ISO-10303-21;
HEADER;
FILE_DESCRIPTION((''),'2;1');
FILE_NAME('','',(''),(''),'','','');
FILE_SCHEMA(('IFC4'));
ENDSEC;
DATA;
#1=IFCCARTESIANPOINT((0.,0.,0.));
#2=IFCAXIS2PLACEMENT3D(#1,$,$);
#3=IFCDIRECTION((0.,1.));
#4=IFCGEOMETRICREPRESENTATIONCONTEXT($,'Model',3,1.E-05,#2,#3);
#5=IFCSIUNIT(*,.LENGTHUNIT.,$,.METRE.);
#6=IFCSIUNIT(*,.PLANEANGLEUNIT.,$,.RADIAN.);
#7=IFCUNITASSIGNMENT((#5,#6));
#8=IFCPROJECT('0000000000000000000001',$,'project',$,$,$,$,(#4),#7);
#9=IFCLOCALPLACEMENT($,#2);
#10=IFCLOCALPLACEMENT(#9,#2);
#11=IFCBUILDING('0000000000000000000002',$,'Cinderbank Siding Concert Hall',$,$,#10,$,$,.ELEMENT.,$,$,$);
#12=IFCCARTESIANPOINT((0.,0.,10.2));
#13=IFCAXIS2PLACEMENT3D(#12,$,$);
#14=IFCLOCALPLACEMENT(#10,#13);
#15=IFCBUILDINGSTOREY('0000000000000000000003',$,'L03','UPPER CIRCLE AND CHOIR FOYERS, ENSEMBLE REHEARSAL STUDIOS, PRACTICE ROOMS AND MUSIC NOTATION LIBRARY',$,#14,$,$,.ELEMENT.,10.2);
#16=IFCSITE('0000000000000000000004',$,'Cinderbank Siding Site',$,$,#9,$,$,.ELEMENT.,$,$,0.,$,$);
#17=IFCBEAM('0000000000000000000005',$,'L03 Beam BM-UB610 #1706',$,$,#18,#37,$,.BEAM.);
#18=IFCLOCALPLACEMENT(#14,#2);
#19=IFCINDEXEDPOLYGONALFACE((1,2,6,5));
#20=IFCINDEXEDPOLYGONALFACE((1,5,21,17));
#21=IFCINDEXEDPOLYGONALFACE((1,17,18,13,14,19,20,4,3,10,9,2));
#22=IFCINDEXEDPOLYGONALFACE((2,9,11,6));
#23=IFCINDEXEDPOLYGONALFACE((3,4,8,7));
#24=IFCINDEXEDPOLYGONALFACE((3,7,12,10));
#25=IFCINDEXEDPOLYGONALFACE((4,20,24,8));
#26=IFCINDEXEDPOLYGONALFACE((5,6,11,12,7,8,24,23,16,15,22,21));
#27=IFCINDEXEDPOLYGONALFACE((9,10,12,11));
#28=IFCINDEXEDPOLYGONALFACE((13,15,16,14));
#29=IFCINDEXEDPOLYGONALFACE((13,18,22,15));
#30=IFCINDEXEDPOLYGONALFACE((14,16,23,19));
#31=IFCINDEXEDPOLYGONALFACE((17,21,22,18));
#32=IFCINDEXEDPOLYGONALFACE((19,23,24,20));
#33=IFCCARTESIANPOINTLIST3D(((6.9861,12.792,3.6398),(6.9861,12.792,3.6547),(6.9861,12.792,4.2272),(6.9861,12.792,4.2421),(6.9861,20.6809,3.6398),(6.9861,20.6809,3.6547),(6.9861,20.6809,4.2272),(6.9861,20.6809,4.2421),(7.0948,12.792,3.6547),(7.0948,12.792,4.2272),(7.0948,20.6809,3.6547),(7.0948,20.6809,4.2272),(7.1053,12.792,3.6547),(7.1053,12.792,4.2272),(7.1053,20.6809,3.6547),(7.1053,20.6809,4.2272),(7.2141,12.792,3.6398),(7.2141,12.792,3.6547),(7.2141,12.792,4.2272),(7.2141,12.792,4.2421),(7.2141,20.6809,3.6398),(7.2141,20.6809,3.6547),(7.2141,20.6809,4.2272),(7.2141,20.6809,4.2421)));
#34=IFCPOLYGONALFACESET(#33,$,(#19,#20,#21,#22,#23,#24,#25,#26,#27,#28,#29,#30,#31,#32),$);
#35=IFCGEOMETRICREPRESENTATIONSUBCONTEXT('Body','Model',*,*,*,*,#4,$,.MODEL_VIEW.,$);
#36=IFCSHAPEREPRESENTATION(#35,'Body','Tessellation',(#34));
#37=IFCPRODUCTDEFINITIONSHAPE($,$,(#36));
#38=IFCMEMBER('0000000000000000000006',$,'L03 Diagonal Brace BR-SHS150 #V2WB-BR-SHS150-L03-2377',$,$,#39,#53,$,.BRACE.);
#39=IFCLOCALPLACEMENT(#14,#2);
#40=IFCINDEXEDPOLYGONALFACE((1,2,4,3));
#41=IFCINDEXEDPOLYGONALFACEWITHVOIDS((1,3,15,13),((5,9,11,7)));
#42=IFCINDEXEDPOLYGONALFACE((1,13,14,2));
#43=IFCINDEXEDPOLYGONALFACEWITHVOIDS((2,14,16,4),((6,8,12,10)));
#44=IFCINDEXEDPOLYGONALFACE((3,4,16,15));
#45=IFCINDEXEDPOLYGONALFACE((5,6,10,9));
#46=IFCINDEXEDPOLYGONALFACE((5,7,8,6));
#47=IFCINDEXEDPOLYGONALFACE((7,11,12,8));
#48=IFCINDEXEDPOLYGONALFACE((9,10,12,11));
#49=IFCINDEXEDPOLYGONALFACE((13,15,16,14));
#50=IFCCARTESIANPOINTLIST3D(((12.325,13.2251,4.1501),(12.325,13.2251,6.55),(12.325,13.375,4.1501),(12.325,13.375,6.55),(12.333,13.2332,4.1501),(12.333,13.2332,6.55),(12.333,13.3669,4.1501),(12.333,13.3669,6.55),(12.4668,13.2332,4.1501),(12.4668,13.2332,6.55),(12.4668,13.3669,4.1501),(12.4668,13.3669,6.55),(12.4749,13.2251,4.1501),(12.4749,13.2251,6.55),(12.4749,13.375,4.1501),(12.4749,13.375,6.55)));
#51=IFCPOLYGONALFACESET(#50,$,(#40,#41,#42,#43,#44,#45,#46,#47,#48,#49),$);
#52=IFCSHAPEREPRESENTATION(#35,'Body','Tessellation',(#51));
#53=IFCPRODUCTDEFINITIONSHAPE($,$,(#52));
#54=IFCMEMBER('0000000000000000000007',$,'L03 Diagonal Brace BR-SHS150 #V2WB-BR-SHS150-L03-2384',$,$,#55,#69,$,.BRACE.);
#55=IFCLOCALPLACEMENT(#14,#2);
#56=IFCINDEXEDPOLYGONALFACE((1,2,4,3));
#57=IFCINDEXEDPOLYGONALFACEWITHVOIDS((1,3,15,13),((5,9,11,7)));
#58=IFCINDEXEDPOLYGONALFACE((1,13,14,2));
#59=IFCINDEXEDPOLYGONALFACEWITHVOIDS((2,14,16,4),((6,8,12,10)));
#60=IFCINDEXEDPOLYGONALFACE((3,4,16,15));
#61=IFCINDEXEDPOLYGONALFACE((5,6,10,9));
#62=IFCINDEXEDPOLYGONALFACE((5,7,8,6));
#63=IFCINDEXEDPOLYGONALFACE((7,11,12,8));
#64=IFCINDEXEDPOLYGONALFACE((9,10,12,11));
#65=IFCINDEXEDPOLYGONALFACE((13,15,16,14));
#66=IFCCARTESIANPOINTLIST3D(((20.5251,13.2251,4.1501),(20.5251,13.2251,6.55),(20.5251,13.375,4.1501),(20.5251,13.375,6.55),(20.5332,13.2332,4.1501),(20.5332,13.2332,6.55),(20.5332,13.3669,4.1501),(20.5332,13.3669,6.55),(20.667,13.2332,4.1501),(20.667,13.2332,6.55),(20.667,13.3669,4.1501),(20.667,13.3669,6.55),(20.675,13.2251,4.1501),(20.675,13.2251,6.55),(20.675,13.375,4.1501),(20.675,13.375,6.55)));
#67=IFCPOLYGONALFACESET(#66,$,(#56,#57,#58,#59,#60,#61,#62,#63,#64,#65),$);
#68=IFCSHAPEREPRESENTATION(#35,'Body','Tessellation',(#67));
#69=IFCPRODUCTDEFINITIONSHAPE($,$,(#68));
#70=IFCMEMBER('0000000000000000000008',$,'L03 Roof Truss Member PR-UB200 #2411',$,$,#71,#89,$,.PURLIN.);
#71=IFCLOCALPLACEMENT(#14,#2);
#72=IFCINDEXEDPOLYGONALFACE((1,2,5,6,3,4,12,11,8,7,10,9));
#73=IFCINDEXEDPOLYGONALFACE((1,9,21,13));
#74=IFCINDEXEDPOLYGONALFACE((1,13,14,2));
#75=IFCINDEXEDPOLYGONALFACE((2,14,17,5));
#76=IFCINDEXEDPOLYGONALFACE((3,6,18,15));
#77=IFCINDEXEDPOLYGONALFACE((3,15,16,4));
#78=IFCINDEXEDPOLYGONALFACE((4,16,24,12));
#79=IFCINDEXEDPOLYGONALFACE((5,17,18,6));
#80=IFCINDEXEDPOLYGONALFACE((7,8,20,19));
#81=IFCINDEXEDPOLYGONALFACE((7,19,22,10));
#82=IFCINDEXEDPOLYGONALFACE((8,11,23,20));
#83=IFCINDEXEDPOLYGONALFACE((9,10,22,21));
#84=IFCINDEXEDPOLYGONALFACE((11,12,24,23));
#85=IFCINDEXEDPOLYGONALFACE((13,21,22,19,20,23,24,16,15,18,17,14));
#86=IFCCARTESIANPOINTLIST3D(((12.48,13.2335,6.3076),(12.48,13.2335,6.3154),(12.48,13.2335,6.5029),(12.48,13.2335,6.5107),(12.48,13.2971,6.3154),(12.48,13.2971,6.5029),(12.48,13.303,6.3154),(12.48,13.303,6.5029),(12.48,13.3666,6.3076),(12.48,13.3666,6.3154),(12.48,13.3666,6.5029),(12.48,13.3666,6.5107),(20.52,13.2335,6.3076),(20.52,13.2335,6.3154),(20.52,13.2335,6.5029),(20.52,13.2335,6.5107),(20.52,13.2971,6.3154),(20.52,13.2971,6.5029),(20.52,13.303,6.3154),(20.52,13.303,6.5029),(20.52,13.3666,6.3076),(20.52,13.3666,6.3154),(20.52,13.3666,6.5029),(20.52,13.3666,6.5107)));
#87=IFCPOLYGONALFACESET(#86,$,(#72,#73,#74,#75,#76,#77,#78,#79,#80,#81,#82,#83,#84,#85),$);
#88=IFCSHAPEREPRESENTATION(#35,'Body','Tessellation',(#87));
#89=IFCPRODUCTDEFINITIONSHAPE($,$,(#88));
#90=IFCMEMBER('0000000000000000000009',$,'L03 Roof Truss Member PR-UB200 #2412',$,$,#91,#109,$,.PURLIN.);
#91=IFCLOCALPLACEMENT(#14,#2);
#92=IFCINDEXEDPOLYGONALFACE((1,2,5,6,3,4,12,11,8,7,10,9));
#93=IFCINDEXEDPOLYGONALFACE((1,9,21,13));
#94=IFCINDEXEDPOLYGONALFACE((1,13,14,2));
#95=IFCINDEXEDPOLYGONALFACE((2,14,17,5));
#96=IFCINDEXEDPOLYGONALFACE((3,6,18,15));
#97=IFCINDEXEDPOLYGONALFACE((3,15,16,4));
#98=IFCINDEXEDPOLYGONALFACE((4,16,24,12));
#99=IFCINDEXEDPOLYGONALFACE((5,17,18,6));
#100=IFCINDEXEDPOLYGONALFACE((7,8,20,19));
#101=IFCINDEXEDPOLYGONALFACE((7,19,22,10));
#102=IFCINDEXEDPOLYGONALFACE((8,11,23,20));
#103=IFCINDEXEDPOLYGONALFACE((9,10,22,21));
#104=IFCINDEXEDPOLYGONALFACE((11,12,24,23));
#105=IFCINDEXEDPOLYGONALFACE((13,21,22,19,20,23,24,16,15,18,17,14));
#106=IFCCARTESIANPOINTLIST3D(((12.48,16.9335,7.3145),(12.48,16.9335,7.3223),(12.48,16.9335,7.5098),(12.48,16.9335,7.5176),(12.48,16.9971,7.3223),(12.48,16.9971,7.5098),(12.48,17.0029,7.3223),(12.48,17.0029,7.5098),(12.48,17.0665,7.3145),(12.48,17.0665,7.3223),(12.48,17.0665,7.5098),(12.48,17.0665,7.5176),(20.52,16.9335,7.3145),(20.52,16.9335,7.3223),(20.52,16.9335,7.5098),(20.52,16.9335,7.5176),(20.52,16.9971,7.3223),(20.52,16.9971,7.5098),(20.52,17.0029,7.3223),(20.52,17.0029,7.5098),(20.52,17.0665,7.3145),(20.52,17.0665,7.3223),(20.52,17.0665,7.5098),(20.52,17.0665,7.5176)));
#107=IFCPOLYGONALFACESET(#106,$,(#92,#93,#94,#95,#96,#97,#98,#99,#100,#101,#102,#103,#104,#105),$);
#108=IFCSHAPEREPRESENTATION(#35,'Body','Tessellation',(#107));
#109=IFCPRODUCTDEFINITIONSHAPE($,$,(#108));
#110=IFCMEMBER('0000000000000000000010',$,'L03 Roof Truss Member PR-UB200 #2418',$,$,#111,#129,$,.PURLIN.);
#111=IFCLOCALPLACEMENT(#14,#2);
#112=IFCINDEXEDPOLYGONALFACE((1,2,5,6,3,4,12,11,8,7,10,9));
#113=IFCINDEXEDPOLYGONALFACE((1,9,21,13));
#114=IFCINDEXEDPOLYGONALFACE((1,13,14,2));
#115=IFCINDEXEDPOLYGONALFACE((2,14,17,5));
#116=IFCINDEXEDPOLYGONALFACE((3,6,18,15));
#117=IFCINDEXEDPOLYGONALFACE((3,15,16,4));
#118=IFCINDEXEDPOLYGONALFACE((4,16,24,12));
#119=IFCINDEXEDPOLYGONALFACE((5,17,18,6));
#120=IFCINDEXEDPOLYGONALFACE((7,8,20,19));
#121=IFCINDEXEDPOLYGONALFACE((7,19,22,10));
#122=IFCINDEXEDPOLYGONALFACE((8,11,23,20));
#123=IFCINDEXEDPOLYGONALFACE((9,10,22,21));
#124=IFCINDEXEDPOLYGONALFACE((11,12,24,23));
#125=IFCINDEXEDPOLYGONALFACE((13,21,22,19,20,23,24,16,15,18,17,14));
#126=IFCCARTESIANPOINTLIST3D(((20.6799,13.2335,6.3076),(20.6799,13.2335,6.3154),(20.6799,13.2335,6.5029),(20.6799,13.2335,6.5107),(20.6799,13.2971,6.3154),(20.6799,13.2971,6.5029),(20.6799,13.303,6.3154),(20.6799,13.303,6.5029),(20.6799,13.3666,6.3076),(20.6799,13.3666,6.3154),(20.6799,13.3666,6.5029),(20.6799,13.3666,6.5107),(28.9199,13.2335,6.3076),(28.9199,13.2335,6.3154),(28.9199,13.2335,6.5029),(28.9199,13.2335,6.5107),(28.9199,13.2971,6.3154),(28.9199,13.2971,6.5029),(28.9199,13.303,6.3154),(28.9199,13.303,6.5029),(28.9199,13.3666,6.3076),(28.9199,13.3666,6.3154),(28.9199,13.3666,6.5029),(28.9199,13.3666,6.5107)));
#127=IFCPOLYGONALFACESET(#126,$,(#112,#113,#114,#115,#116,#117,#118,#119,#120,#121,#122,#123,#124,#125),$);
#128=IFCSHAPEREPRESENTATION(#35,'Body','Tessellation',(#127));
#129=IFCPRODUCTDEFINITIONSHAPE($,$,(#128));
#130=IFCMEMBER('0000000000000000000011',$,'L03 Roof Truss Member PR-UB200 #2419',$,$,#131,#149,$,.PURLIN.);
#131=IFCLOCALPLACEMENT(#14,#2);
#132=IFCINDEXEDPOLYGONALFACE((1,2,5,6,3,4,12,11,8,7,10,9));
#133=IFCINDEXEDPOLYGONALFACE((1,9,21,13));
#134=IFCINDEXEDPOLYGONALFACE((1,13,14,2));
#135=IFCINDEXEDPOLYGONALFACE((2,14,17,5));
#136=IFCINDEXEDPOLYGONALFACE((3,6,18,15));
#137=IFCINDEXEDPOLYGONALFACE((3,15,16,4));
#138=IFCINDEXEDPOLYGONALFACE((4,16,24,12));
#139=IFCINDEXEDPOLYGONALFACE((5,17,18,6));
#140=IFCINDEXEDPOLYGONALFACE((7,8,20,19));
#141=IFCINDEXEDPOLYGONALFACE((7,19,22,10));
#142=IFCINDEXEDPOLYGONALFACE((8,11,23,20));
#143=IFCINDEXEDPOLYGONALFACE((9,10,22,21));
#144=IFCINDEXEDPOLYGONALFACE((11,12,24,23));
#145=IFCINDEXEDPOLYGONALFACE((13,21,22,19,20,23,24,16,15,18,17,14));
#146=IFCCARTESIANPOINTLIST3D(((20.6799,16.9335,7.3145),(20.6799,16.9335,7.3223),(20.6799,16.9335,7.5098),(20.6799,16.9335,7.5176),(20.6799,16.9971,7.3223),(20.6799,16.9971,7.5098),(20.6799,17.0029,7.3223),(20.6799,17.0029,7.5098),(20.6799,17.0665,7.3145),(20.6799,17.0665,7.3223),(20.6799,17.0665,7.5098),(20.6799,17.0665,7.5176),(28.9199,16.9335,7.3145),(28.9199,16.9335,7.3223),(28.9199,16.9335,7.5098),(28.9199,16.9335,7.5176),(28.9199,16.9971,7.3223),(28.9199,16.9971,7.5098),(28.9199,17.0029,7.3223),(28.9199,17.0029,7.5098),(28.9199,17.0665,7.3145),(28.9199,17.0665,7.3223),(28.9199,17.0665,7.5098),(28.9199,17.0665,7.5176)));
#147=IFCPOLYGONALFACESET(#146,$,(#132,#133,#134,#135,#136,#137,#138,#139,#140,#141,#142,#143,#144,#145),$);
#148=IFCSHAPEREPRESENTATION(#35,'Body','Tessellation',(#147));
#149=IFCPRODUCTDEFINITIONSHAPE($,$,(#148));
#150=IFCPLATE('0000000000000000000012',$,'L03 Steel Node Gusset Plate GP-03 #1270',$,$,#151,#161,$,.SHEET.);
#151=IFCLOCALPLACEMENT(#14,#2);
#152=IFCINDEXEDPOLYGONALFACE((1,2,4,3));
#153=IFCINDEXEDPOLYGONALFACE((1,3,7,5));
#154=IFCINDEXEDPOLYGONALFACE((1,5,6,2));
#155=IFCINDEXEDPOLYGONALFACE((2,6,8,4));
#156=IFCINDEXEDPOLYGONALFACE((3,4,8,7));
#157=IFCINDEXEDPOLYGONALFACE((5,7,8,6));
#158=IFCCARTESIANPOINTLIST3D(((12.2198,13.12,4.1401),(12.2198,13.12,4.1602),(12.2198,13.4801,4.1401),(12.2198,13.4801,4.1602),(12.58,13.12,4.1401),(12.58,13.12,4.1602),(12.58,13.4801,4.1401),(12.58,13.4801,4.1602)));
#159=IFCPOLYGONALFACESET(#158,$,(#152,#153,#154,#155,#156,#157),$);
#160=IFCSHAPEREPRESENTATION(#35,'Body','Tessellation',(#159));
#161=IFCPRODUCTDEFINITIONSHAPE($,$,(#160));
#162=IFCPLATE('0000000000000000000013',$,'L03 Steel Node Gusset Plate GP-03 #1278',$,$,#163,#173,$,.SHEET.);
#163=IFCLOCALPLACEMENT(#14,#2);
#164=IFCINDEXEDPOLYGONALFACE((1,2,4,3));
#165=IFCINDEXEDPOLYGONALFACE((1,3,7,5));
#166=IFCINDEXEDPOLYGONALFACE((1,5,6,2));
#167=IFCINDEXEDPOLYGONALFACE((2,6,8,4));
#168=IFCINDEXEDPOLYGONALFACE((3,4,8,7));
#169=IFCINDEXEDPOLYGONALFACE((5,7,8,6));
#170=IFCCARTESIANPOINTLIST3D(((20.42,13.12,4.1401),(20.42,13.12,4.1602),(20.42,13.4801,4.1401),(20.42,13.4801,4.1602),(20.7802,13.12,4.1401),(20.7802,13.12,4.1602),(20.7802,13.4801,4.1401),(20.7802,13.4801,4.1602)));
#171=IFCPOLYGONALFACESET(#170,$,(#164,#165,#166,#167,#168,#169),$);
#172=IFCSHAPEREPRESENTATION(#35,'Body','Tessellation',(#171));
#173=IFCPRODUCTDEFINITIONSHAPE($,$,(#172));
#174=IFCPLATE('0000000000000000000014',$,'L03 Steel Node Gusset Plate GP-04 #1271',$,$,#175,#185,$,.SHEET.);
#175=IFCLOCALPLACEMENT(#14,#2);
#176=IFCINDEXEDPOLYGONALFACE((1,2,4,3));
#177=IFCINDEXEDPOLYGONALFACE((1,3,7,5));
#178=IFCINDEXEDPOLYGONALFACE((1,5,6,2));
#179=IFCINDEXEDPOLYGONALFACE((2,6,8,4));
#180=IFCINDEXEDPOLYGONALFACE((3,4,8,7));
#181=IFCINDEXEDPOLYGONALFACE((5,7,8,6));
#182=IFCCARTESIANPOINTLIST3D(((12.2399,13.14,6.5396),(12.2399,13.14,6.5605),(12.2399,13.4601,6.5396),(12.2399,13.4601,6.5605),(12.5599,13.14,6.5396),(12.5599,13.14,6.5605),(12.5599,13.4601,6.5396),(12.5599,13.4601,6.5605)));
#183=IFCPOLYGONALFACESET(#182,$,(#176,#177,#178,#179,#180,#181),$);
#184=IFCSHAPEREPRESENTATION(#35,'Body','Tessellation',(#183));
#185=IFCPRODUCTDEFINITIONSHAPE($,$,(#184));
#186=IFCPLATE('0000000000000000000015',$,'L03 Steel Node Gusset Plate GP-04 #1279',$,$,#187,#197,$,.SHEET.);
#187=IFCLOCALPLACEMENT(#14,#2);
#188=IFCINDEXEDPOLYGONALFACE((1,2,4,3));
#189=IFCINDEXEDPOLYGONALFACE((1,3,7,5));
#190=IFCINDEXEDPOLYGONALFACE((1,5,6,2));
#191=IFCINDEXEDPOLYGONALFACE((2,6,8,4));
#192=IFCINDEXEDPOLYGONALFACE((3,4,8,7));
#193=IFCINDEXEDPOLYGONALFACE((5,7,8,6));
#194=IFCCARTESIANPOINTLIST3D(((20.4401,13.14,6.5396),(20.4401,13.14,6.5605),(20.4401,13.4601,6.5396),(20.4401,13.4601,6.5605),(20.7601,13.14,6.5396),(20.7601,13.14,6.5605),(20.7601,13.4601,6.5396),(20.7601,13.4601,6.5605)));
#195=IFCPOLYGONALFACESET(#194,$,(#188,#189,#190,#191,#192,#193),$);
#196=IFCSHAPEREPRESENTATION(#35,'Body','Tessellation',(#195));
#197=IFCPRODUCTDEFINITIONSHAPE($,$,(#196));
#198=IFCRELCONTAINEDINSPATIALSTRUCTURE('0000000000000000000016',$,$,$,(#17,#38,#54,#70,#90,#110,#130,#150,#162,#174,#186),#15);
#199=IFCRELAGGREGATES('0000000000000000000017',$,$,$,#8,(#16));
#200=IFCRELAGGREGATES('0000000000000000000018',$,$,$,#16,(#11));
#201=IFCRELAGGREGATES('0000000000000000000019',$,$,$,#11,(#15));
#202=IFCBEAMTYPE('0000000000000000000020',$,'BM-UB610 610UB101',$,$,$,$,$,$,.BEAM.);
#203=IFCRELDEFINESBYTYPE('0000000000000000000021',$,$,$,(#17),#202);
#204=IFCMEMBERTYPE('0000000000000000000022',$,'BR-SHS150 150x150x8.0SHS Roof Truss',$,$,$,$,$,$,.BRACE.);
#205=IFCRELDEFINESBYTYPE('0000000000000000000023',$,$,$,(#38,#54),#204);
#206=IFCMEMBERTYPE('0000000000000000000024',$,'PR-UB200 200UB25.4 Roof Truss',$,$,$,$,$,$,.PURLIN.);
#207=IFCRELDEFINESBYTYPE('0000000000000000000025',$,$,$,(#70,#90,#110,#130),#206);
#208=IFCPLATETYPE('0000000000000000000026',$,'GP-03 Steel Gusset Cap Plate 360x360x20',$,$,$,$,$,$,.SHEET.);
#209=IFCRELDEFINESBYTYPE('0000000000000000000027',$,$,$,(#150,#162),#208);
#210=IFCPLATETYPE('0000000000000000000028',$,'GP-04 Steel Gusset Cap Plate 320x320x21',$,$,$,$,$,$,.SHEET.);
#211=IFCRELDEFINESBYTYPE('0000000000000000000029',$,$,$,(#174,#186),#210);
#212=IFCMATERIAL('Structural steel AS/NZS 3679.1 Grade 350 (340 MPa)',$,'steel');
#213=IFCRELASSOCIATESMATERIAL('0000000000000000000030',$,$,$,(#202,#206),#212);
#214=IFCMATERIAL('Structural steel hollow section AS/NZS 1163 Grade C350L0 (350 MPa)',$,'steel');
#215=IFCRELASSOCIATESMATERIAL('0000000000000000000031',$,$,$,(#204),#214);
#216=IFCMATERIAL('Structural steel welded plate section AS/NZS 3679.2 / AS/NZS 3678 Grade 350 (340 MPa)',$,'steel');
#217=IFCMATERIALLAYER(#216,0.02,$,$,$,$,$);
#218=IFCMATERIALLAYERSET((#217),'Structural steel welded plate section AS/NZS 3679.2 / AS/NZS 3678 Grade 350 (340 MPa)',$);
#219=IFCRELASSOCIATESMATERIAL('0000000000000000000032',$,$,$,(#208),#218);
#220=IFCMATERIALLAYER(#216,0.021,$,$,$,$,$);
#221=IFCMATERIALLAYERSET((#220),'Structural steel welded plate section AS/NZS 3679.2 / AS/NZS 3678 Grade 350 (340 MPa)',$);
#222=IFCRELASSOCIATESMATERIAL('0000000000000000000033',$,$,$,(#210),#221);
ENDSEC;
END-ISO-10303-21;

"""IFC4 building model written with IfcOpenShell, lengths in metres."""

from ifc_helpers import new_model, si_unit, direction, frame, origin, origin_2d, place, context, subcontext, project, spatial, rectangle, hollow_rectangle, i_section, extrude, material, layer, layer_set, material_profile, profile_set, type_object, element, save


model = new_model("IFC4")

# Units and contexts
model_context = context("Model", 3, precision=1e-05, world=origin(), true_north=direction((0.0, 1.0)))
body_context = subcontext(model_context, "Body", "Model", "MODEL_VIEW")
ifc_project = project(units=[si_unit("LENGTHUNIT", "METRE"), si_unit("PLANEANGLEUNIT", "RADIAN")], contexts=[model_context])

# Site, building, storey
site_placement = place(None, origin())
site = spatial("IfcSite", under=ifc_project, at=site_placement, Name="Cinderbank Siding Site", CompositionType="ELEMENT", RefElevation=0.0)
building_placement = place(site_placement, origin())
building = spatial("IfcBuilding", under=site, at=building_placement, Name="Cinderbank Siding Concert Hall", CompositionType="ELEMENT")
storey_placement = place(building_placement, frame((0.0, 0.0, 10.2)))
storey = spatial("IfcBuildingStorey", under=building, at=storey_placement, Name="L03", Description="UPPER CIRCLE AND CHOIR FOYERS, ENSEMBLE REHEARSAL STUDIOS, PRACTICE ROOMS AND MUSIC NOTATION LIBRARY", CompositionType="ELEMENT", Elevation=10.2)

# Beam
ifc_material_1 = material(Name="Structural steel AS/NZS 3679.1 Grade 350 (340 MPa)", Category="steel")
ifc_material_profile_1 = material_profile(ifc_material_1, i_section(OverallWidth=0.228, OverallDepth=0.6023, WebThickness=0.0105, FlangeThickness=0.0149, at=origin_2d()), Name="610UB101", Category="LoadBearing")
ifc_profile_set_1 = profile_set([ifc_material_profile_1], Name="Structural steel AS/NZS 3679.1 Grade 350 (340 MPa)")
beam_type = type_object("IfcBeamType", Name="BM-UB610 610UB101", PredefinedType="BEAM", material=ifc_profile_set_1)
beam_placement = place(storey_placement, frame((7.1001, 12.792, 3.9409), z_axis=(0.0, 1.0, 0.0), x_axis=(-1.0, 0.0, 0.0)))
element("IfcBeam", 1, at=beam_placement, inside=storey, type_object=beam_type, Name="L03 Beam BM-UB610 #1706", PredefinedType="BEAM", context=body_context, shape_type="SweptSolid", body=[
    extrude(i_section(OverallWidth=0.228, OverallDepth=0.6023, WebThickness=0.0105, FlangeThickness=0.0149, at=origin_2d()), origin(), (0.0, 0.0, 1.0), 7.8889),
])

# Members
ifc_material_2 = material(Name="Structural steel hollow section AS/NZS 1163 Grade C350L0 (350 MPa)", Category="steel")
ifc_material_profile_2 = material_profile(ifc_material_2, hollow_rectangle(XDim=0.1499, YDim=0.1499, WallThickness=0.0081, at=origin_2d()), Name="150x150x8.0SHS", Category="LoadBearing")
ifc_profile_set_2 = profile_set([ifc_material_profile_2], Name="Structural steel hollow section AS/NZS 1163 Grade C350L0 (350 MPa)")
member_type_1 = type_object("IfcMemberType", Name="BR-SHS150 150x150x8.0SHS Roof Truss", PredefinedType="BRACE", material=ifc_profile_set_2)
for number, where, z_axis, x_axis, name in (
    (2, (12.3999, 13.3, 4.1501), (0.0, 0.0, 1.0), (1.0, 0.0, 0.0), "L03 Diagonal Brace BR-SHS150 #V2WB-BR-SHS150-L03-2377"),
    (3, (20.6001, 13.3, 4.1501), (0.0, 0.0, 1.0), (1.0, 0.0, 0.0), "L03 Diagonal Brace BR-SHS150 #V2WB-BR-SHS150-L03-2384"),
):
    element("IfcMember", number, at=place(storey_placement, frame(where, z_axis=z_axis, x_axis=x_axis)), inside=storey, type_object=member_type_1, Name=name, PredefinedType="BRACE", context=body_context, shape_type="SweptSolid", body=[
        extrude(hollow_rectangle(XDim=0.1499, YDim=0.1499, WallThickness=0.0081, at=origin_2d()), origin(), (0.0, 0.0, 1.0), 2.3999),
    ])
ifc_material_profile_3 = material_profile(ifc_material_1, i_section(OverallWidth=0.1331, OverallDepth=0.2031, WebThickness=0.0059, FlangeThickness=0.0078, at=origin_2d()), Name="200UB25.4", Category="LoadBearing")
ifc_profile_set_3 = profile_set([ifc_material_profile_3], Name="Structural steel AS/NZS 3679.1 Grade 350 (340 MPa)")
member_type_2 = type_object("IfcMemberType", Name="PR-UB200 200UB25.4 Roof Truss", PredefinedType="PURLIN", material=ifc_profile_set_3)
for number, where, z_axis, x_axis, name in (
    (4, (12.48, 13.3, 6.4092), (1.0, 0.0, 0.0), (0.0, 1.0, 0.0), "L03 Roof Truss Member PR-UB200 #2411"),
    (5, (12.48, 17.0, 7.416), (1.0, 0.0, 0.0), (0.0, 1.0, 0.0), "L03 Roof Truss Member PR-UB200 #2412"),
):
    element("IfcMember", number, at=place(storey_placement, frame(where, z_axis=z_axis, x_axis=x_axis)), inside=storey, type_object=member_type_2, Name=name, PredefinedType="PURLIN", context=body_context, shape_type="SweptSolid", body=[
        extrude(i_section(OverallWidth=0.1331, OverallDepth=0.2031, WebThickness=0.0059, FlangeThickness=0.0078, at=origin_2d()), origin(), (0.0, 0.0, 1.0), 8.04),
    ])
for number, where, z_axis, x_axis, name in (
    (6, (20.6799, 13.3, 6.4092), (1.0, 0.0, 0.0), (0.0, 1.0, 0.0), "L03 Roof Truss Member PR-UB200 #2418"),
    (7, (20.6799, 17.0, 7.416), (1.0, 0.0, 0.0), (0.0, 1.0, 0.0), "L03 Roof Truss Member PR-UB200 #2419"),
):
    element("IfcMember", number, at=place(storey_placement, frame(where, z_axis=z_axis, x_axis=x_axis)), inside=storey, type_object=member_type_2, Name=name, PredefinedType="PURLIN", context=body_context, shape_type="SweptSolid", body=[
        extrude(i_section(OverallWidth=0.1331, OverallDepth=0.2031, WebThickness=0.0059, FlangeThickness=0.0078, at=origin_2d()), origin(), (0.0, 0.0, 1.0), 8.24),
    ])

# Plates
ifc_material_3 = material(Name="Structural steel welded plate section AS/NZS 3679.2 / AS/NZS 3678 Grade 350 (340 MPa)", Category="steel")
ifc_layer_1 = layer(ifc_material_3, 0.02)
ifc_layer_set_1 = layer_set([ifc_layer_1], Name="Structural steel welded plate section AS/NZS 3679.2 / AS/NZS 3678 Grade 350 (340 MPa)")
plate_type_1 = type_object("IfcPlateType", Name="GP-03 Steel Gusset Cap Plate 360x360x20", PredefinedType="SHEET", material=ifc_layer_set_1)
for number, where, z_axis, x_axis, name in (
    (8, (12.3999, 13.3, 4.1401), (0.0, 0.0, 1.0), (1.0, 0.0, 0.0), "L03 Steel Node Gusset Plate GP-03 #1270"),
    (9, (20.6001, 13.3, 4.1401), (0.0, 0.0, 1.0), (1.0, 0.0, 0.0), "L03 Steel Node Gusset Plate GP-03 #1278"),
):
    element("IfcPlate", number, at=place(storey_placement, frame(where, z_axis=z_axis, x_axis=x_axis)), inside=storey, type_object=plate_type_1, Name=name, PredefinedType="SHEET", context=body_context, shape_type="SweptSolid", body=[
        extrude(rectangle(XDim=0.3601, YDim=0.3601, at=origin_2d()), origin(), (0.0, 0.0, 1.0), 0.02),
    ])
ifc_layer_2 = layer(ifc_material_3, 0.021)
ifc_layer_set_2 = layer_set([ifc_layer_2], Name="Structural steel welded plate section AS/NZS 3679.2 / AS/NZS 3678 Grade 350 (340 MPa)")
plate_type_2 = type_object("IfcPlateType", Name="GP-04 Steel Gusset Cap Plate 320x320x21", PredefinedType="SHEET", material=ifc_layer_set_2)
for number, where, z_axis, x_axis, name in (
    (10, (12.3999, 13.3, 6.5396), (0.0, 0.0, 1.0), (1.0, 0.0, 0.0), "L03 Steel Node Gusset Plate GP-04 #1271"),
    (11, (20.6001, 13.3, 6.5396), (0.0, 0.0, 1.0), (1.0, 0.0, 0.0), "L03 Steel Node Gusset Plate GP-04 #1279"),
):
    element("IfcPlate", number, at=place(storey_placement, frame(where, z_axis=z_axis, x_axis=x_axis)), inside=storey, type_object=plate_type_2, Name=name, PredefinedType="SHEET", context=body_context, shape_type="SweptSolid", body=[
        extrude(rectangle(XDim=0.3201, YDim=0.3201, at=origin_2d()), origin(), (0.0, 0.0, 1.0), 0.021),
    ])

save(model, "model.ifc")
